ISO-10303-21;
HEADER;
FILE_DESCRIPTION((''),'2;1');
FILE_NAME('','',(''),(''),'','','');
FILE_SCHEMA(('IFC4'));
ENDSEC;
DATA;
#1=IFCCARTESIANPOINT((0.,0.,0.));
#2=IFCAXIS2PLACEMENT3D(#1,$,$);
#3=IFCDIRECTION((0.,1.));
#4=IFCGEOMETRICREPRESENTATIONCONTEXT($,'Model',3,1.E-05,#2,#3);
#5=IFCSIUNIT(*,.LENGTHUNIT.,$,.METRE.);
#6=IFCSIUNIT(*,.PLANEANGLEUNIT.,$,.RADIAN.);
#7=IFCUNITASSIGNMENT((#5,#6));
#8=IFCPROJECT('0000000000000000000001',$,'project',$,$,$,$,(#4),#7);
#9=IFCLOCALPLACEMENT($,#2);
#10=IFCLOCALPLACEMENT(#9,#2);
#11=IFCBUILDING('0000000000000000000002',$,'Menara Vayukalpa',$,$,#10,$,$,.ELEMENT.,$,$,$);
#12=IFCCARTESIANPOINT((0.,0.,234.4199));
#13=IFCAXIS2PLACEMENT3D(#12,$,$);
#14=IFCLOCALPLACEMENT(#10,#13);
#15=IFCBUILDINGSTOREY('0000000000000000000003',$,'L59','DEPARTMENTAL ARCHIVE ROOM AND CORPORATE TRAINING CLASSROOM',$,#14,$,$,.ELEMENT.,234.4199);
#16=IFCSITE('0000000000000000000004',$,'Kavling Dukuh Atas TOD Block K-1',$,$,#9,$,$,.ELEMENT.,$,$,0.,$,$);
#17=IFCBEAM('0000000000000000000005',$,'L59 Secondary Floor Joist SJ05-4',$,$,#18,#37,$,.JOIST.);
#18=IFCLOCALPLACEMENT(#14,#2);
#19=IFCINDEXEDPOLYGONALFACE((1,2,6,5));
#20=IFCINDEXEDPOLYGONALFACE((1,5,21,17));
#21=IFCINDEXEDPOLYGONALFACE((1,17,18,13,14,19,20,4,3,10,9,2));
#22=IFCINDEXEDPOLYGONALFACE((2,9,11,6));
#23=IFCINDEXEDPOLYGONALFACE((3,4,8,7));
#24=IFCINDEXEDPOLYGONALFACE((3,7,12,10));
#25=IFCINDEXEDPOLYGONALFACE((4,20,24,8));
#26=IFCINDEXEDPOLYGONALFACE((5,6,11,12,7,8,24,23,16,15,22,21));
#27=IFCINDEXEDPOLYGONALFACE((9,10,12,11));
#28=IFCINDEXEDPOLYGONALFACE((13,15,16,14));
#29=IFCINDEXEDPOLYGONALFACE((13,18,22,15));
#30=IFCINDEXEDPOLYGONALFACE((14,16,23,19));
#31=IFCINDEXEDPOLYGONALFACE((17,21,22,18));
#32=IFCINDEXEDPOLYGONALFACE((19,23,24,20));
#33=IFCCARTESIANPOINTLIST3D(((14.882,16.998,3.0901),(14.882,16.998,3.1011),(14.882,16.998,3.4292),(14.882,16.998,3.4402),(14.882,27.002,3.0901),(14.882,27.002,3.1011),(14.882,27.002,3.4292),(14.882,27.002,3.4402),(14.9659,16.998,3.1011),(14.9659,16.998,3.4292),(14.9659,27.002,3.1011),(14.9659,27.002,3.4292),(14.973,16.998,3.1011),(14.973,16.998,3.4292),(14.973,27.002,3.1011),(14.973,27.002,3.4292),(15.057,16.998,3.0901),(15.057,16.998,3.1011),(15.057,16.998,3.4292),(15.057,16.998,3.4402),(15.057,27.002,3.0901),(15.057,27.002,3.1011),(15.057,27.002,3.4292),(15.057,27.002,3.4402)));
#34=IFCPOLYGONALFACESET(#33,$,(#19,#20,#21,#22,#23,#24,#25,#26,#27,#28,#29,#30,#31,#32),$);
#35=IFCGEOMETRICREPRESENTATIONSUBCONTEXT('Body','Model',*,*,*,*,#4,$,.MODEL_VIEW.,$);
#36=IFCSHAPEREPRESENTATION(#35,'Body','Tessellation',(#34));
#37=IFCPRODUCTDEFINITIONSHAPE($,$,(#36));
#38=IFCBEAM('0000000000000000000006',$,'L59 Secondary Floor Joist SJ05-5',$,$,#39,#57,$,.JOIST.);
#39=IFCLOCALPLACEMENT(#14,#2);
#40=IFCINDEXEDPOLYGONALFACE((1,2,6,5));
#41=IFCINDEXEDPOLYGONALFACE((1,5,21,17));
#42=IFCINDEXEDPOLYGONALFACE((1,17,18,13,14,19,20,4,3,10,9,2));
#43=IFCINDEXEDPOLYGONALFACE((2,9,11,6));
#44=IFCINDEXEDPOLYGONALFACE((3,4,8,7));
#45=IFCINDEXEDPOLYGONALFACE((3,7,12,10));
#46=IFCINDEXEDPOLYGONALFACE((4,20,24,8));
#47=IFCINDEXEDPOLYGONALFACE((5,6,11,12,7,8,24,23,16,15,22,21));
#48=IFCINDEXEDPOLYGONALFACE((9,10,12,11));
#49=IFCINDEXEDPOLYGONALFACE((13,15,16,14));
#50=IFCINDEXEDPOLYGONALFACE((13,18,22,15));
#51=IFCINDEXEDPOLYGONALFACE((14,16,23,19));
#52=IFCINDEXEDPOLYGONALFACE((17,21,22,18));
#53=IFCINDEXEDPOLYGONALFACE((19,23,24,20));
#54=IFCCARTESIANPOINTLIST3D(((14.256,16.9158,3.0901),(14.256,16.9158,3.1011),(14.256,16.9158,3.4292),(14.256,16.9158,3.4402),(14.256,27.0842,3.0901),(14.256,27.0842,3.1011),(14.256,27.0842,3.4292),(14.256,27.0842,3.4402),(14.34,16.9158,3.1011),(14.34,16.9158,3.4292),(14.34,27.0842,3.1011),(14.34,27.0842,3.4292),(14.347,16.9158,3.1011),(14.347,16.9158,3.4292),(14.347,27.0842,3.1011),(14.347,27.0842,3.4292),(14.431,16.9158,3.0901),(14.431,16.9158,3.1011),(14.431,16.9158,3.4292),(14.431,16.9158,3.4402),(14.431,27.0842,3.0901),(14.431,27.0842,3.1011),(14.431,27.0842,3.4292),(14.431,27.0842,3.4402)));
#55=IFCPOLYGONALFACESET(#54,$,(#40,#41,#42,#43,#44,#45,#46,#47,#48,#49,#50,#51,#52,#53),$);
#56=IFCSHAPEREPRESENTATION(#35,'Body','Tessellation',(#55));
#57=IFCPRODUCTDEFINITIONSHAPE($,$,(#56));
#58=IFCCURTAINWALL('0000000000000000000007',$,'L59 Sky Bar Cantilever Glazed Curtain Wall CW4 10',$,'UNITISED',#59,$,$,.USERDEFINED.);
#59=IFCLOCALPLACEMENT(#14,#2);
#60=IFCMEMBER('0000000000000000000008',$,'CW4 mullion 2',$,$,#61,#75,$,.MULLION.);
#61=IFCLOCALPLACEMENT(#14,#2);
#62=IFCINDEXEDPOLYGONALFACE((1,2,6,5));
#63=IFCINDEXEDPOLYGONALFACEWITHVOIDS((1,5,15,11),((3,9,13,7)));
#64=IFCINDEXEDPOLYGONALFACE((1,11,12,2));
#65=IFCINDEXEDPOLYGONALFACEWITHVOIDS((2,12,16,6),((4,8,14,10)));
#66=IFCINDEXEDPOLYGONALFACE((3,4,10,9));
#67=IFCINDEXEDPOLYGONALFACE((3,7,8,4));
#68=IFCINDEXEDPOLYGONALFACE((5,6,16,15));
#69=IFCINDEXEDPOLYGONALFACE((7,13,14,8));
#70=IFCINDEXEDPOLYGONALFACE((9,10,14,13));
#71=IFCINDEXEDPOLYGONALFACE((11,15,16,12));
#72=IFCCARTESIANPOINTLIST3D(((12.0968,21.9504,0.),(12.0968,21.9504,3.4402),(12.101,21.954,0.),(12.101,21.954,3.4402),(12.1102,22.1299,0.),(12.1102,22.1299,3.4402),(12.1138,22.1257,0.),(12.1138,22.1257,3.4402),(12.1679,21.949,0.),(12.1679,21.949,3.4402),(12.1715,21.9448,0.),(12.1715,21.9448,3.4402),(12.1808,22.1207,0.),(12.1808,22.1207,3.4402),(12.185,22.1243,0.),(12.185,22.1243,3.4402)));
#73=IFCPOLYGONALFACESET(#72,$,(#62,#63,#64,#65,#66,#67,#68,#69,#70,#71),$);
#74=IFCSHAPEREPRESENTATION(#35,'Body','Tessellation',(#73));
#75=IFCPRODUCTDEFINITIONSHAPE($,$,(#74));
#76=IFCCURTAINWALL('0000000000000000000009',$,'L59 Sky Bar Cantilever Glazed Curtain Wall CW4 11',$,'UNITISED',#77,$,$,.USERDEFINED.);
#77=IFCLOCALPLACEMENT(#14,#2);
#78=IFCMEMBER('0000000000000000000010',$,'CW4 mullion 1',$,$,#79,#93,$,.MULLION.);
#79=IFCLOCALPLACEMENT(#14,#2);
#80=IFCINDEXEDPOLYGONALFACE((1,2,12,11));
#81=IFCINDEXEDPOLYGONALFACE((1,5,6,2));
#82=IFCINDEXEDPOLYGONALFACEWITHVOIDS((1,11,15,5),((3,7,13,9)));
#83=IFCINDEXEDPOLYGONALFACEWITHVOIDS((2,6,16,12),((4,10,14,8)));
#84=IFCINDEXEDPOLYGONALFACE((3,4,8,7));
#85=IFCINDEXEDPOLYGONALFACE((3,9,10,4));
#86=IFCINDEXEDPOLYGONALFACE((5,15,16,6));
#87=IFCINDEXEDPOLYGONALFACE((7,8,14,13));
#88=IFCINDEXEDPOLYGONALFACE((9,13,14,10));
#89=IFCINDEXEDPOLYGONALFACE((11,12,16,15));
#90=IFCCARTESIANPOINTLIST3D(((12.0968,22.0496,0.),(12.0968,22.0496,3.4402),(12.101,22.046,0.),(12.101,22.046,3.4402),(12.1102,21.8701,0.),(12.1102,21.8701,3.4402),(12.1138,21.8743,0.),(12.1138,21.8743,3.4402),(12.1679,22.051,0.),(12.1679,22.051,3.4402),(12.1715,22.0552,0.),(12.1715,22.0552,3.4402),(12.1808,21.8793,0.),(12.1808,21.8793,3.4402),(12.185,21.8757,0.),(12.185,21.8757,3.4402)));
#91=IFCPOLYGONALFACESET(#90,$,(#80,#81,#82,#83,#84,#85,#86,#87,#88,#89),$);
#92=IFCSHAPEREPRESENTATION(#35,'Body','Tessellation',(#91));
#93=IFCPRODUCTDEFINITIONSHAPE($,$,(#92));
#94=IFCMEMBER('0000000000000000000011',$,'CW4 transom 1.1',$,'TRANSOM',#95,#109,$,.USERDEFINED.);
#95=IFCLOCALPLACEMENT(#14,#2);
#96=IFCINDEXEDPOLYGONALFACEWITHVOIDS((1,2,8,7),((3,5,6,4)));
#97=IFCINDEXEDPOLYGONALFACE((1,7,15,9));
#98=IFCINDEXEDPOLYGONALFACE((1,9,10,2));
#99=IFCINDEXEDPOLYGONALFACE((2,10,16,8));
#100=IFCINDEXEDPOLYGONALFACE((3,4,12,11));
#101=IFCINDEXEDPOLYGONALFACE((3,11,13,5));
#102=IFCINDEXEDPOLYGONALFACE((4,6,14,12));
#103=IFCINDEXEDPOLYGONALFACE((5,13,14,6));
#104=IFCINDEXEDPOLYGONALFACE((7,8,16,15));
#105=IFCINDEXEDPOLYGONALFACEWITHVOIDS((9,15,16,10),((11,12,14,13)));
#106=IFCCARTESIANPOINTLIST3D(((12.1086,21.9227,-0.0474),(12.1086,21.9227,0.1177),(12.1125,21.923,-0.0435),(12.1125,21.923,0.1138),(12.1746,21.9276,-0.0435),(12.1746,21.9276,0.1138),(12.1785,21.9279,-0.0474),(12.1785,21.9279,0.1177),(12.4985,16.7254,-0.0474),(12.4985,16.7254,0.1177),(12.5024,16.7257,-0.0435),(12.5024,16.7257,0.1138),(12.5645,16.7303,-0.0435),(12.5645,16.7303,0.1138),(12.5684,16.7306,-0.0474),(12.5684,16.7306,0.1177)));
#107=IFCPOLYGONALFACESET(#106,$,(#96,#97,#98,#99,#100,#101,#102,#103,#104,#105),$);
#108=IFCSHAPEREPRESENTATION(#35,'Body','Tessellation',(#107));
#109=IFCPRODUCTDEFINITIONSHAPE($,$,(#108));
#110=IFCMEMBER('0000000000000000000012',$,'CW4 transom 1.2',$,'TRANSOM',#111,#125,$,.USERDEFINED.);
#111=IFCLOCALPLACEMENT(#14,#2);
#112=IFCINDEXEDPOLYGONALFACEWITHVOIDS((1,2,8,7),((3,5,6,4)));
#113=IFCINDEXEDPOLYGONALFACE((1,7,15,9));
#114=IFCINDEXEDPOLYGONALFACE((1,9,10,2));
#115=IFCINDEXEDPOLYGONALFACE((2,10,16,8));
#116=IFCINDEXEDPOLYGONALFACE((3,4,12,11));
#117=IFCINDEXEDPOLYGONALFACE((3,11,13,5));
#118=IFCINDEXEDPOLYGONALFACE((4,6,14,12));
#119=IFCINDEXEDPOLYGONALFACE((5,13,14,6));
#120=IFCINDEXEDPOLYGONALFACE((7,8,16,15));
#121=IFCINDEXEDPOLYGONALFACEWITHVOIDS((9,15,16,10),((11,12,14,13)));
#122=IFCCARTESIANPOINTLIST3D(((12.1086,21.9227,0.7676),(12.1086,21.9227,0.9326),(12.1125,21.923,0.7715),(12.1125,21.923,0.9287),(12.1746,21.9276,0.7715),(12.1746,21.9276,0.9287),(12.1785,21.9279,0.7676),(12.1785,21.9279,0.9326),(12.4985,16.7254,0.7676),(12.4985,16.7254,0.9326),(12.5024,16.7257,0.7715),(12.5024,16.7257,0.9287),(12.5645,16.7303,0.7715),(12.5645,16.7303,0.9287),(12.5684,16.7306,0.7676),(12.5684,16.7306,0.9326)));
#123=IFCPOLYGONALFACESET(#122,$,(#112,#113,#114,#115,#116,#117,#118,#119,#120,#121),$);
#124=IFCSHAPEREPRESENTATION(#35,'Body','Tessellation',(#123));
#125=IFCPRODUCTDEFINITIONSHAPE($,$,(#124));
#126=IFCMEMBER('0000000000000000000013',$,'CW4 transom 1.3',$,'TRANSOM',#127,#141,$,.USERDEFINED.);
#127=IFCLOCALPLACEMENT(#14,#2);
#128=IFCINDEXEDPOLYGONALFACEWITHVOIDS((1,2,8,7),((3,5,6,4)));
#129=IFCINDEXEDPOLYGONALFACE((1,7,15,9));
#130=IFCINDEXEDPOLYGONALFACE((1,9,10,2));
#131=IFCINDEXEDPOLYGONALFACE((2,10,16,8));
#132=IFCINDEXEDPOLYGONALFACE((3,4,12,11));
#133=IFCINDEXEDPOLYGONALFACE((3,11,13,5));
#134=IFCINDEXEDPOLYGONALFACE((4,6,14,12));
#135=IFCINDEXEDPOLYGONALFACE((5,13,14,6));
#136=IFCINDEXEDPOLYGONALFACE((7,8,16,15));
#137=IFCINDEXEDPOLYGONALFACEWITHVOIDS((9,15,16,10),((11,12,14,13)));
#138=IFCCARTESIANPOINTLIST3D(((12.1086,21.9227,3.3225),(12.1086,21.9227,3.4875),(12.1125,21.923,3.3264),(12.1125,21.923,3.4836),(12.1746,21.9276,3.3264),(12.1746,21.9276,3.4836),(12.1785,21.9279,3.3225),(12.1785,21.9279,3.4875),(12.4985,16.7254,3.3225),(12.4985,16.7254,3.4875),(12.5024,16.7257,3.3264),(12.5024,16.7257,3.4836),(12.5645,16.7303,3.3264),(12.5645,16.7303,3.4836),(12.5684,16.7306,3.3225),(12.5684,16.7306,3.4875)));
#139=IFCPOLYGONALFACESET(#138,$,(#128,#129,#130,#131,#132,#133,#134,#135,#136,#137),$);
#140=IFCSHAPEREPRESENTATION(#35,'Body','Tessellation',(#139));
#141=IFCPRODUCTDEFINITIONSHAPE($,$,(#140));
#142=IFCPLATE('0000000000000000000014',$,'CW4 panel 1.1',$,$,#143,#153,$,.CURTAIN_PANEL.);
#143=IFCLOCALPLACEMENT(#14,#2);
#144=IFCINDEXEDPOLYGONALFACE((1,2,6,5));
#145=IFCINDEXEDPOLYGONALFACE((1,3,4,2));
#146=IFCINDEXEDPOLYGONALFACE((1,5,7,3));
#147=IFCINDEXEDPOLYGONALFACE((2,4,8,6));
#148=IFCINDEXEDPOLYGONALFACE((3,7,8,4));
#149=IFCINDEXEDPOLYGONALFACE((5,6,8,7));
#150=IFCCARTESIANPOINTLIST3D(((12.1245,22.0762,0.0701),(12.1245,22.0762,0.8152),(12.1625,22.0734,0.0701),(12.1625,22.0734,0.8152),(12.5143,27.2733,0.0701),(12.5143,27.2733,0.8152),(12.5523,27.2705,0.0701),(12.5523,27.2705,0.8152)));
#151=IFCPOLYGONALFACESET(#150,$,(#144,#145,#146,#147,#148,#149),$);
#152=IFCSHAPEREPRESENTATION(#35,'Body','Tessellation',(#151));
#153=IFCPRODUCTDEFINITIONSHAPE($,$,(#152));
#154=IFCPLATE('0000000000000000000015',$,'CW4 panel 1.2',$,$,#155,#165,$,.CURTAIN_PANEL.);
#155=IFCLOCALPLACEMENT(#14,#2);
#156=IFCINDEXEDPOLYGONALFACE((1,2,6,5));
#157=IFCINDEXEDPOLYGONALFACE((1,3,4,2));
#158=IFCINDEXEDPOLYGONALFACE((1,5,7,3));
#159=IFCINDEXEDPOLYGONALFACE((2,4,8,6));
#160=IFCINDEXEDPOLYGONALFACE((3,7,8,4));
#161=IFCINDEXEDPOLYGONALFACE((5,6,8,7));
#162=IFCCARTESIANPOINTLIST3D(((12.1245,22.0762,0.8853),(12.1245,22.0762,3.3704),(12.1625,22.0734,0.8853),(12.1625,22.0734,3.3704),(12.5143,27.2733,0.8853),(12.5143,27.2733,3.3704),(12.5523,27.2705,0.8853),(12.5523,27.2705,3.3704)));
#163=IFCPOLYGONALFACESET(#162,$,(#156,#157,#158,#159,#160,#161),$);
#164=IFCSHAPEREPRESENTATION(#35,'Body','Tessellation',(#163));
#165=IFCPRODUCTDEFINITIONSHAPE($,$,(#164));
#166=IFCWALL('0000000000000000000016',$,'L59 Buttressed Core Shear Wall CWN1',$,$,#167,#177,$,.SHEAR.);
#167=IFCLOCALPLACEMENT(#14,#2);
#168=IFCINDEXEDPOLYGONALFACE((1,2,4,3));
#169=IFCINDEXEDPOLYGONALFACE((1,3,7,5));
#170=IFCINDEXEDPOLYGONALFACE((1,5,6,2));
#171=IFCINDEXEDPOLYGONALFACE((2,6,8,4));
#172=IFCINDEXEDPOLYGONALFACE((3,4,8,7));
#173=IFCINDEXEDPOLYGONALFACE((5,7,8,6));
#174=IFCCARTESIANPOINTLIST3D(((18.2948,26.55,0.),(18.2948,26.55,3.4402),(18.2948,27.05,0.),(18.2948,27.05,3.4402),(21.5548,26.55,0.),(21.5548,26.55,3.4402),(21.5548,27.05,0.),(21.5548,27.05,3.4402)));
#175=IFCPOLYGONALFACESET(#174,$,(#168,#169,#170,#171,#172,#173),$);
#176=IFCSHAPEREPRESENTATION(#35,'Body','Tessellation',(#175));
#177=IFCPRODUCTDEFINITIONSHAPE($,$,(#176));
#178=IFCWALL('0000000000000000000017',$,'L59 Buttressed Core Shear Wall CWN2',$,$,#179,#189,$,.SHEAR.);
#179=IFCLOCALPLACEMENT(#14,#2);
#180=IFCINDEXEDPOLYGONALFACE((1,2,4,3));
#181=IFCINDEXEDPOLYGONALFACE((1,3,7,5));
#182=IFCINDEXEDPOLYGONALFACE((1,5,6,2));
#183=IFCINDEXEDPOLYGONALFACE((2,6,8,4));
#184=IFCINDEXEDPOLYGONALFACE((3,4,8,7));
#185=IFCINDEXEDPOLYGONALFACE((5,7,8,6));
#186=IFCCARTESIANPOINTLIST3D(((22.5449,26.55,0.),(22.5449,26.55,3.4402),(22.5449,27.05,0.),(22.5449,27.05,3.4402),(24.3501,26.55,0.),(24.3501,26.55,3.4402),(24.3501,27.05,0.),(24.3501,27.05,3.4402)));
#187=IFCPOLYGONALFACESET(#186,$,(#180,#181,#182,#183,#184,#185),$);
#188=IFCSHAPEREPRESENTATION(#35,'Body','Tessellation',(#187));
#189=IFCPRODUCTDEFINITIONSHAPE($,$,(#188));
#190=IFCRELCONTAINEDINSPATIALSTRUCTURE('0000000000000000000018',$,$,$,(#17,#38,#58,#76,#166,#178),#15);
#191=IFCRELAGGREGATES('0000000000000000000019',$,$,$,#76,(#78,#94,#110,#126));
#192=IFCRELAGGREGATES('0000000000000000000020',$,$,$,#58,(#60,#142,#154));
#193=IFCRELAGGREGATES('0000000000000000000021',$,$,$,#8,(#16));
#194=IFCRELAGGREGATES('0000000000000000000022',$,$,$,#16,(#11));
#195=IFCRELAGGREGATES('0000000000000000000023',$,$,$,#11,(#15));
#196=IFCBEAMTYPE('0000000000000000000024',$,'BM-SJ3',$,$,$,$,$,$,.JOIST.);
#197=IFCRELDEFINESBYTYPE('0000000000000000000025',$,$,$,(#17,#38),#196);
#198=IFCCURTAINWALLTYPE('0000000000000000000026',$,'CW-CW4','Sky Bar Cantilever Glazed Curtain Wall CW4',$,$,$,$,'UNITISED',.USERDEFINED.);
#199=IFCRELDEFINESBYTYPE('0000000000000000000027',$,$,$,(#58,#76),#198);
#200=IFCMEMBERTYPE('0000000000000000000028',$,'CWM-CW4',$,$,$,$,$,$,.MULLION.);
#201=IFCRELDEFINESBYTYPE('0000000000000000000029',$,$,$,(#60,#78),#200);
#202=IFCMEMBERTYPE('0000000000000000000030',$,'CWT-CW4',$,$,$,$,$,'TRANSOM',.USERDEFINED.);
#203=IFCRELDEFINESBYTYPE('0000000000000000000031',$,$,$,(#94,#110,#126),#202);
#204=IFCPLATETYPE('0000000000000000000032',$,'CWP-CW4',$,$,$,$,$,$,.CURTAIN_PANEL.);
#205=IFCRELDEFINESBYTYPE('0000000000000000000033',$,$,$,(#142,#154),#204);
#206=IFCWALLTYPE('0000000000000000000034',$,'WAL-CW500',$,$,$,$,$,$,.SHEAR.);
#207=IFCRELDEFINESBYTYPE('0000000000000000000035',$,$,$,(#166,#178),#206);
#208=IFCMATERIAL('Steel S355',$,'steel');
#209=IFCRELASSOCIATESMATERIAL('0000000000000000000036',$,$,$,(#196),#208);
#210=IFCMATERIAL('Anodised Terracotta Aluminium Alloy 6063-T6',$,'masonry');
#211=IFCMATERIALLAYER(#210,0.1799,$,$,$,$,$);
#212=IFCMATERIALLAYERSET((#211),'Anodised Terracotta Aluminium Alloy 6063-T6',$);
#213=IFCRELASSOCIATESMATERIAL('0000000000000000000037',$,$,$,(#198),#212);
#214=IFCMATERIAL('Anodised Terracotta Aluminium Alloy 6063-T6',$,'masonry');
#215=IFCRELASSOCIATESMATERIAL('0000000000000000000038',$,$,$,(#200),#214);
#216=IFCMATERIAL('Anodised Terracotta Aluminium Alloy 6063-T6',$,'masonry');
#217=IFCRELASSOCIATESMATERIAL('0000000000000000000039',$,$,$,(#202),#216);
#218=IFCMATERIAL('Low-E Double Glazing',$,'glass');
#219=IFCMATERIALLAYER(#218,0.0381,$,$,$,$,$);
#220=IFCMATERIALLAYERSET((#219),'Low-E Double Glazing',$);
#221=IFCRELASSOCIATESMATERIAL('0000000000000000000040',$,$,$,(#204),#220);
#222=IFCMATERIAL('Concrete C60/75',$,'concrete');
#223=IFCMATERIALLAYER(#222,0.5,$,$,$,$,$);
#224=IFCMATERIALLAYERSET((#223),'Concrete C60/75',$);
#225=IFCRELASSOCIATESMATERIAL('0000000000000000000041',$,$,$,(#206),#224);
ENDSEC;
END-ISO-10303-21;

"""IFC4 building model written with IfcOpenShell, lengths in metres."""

from ifc_helpers import new_model, si_unit, direction, frame, frame_2d, origin, origin_2d, place, context, subcontext, project, spatial, rectangle, hollow_rectangle, i_section, extrude, material, layer, layer_set, material_profile, profile_set, type_object, element, aggregate, save


model = new_model("IFC4")

# Units and contexts
model_context = context("Model", 3, precision=1e-05, world=origin(), true_north=direction((0.0, 1.0)))
body_context = subcontext(model_context, "Body", "Model", "MODEL_VIEW")
ifc_project = project(units=[si_unit("LENGTHUNIT", "METRE"), si_unit("PLANEANGLEUNIT", "RADIAN")], contexts=[model_context])

# Site, building, storey
site_placement = place(None, origin())
site = spatial("IfcSite", under=ifc_project, at=site_placement, Name="Kavling Dukuh Atas TOD Block K-1", CompositionType="ELEMENT", RefElevation=0.0)
building_placement = place(site_placement, origin())
building = spatial("IfcBuilding", under=site, at=building_placement, Name="Menara Vayukalpa", CompositionType="ELEMENT")
storey_placement = place(building_placement, frame((0.0, 0.0, 234.4199)))
storey = spatial("IfcBuildingStorey", under=building, at=storey_placement, Name="L59", Description="DEPARTMENTAL ARCHIVE ROOM AND CORPORATE TRAINING CLASSROOM", CompositionType="ELEMENT", Elevation=234.4199)

# Beams
ifc_material_1 = material(Name="Steel S355", Category="steel")
ifc_material_profile_1 = material_profile(ifc_material_1, i_section(OverallWidth=0.175, OverallDepth=0.3501, WebThickness=0.0071, FlangeThickness=0.011, at=origin_2d()), Name="WF 350x175x7x11")
ifc_profile_set_1 = profile_set([ifc_material_profile_1], Name="Steel S355")
beam_type_1 = type_object("IfcBeamType", Name="BM-SJ3", PredefinedType="JOIST", material=ifc_profile_set_1)
beam_1_placement = place(storey_placement, frame((14.9695, 27.002, 3.2651), z_axis=(0.0, -1.0, 0.0), x_axis=(1.0, 0.0, 0.0)))
element("IfcBeam", 1, at=beam_1_placement, inside=storey, type_object=beam_type_1, Name="L59 Secondary Floor Joist SJ05-4", PredefinedType="JOIST", context=body_context, shape_type="SweptSolid", body=[
    extrude(i_section(OverallWidth=0.175, OverallDepth=0.3501, WebThickness=0.0071, FlangeThickness=0.011, at=origin_2d()), origin(), (0.0, 0.0, 1.0), 10.0039),
])
beam_2_placement = place(storey_placement, frame((14.3435, 27.0842, 3.2651), z_axis=(0.0, -1.0, 0.0), x_axis=(1.0, 0.0, 0.0)))
element("IfcBeam", 2, at=beam_2_placement, inside=storey, type_object=beam_type_1, Name="L59 Secondary Floor Joist SJ05-5", PredefinedType="JOIST", context=body_context, shape_type="SweptSolid", body=[
    extrude(i_section(OverallWidth=0.175, OverallDepth=0.3501, WebThickness=0.0071, FlangeThickness=0.011, at=origin_2d()), origin(), (0.0, 0.0, 1.0), 10.1685),
])

# Curtain wall, member
ifc_material_2 = material(Name="Anodised Terracotta Aluminium Alloy 6063-T6", Category="masonry")
ifc_layer_1 = layer(ifc_material_2, 0.1799)
ifc_layer_set_1 = layer_set([ifc_layer_1], Name="Anodised Terracotta Aluminium Alloy 6063-T6")
curtain_wall_type = type_object("IfcCurtainWallType", Name="CW-CW4", Description="Sky Bar Cantilever Glazed Curtain Wall CW4", ElementType="UNITISED", PredefinedType="USERDEFINED", material=ifc_layer_set_1)
curtain_wall_1_placement = place(storey_placement, origin())
curtain_wall_1 = element("IfcCurtainWall", 3, at=curtain_wall_1_placement, inside=storey, type_object=curtain_wall_type, Name="L59 Sky Bar Cantilever Glazed Curtain Wall CW4 10", ObjectType="UNITISED", PredefinedType="USERDEFINED")
ifc_material_3 = material(Name="Anodised Terracotta Aluminium Alloy 6063-T6", Category="masonry")
ifc_material_profile_2 = material_profile(ifc_material_3, hollow_rectangle(XDim=0.075, YDim=0.1799, WallThickness=0.0039, at=origin_2d()), Name="ALU 75x180x4")
ifc_profile_set_2 = profile_set([ifc_material_profile_2], Name="Anodised Terracotta Aluminium Alloy 6063-T6")
member_type_1 = type_object("IfcMemberType", Name="CWM-CW4", PredefinedType="MULLION", material=ifc_profile_set_2)
member_1_placement = place(storey_placement, frame((12.1409, 22.0374, 0.0), z_axis=(0.0, 0.0, 1.0), x_axis=(0.997199, -0.074789, 0.0)))
member_1 = element("IfcMember", 4, at=member_1_placement, type_object=member_type_1, Name="CW4 mullion 2", PredefinedType="MULLION", context=body_context, shape_type="SweptSolid", body=[
    extrude(hollow_rectangle(XDim=0.075, YDim=0.1799, WallThickness=0.0039, at=origin_2d()), origin(), (0.0, 0.0, 1.0), 3.4402),
])

# Curtain wall, members
curtain_wall_2_placement = place(storey_placement, origin())
curtain_wall_2 = element("IfcCurtainWall", 5, at=curtain_wall_2_placement, inside=storey, type_object=curtain_wall_type, Name="L59 Sky Bar Cantilever Glazed Curtain Wall CW4 11", ObjectType="UNITISED", PredefinedType="USERDEFINED")
member_2_placement = place(storey_placement, frame((12.1409, 21.9626, 0.0), z_axis=(0.0, 0.0, 1.0), x_axis=(0.997199, 0.074789, 0.0)))
member_2 = element("IfcMember", 6, at=member_2_placement, type_object=member_type_1, Name="CW4 mullion 1", PredefinedType="MULLION", context=body_context, shape_type="SweptSolid", body=[
    extrude(hollow_rectangle(XDim=0.075, YDim=0.1799, WallThickness=0.0039, at=origin_2d()), origin(), (0.0, 0.0, 1.0), 3.4402),
])
ifc_material_4 = material(Name="Anodised Terracotta Aluminium Alloy 6063-T6", Category="masonry")
ifc_material_profile_3 = material_profile(ifc_material_4, hollow_rectangle(XDim=0.0701, YDim=0.165, WallThickness=0.0039, at=origin_2d()), Name="ALU 70x165x4")
ifc_profile_set_3 = profile_set([ifc_material_profile_3], Name="Anodised Terracotta Aluminium Alloy 6063-T6")
member_type_2 = type_object("IfcMemberType", Name="CWT-CW4", ElementType="TRANSOM", PredefinedType="USERDEFINED", material=ifc_profile_set_3)
member_3_placement = place(storey_placement, frame((12.1436, 21.9253, 0.0352), z_axis=(0.074809, -0.997198, 0.0), x_axis=(0.997198, 0.074809, 0.0)))
member_3 = element("IfcMember", 7, at=member_3_placement, type_object=member_type_2, Name="CW4 transom 1.1", ObjectType="TRANSOM", PredefinedType="USERDEFINED", context=body_context, shape_type="SweptSolid", body=[
    extrude(hollow_rectangle(XDim=0.0701, YDim=0.165, WallThickness=0.0039, at=origin_2d()), origin(), (0.0, 0.0, 1.0), 5.2119),
])
member_4_placement = place(storey_placement, frame((12.1436, 21.9253, 0.8501), z_axis=(0.074809, -0.997198, 0.0), x_axis=(0.997198, 0.074809, 0.0)))
member_4 = element("IfcMember", 8, at=member_4_placement, type_object=member_type_2, Name="CW4 transom 1.2", ObjectType="TRANSOM", PredefinedType="USERDEFINED", context=body_context, shape_type="SweptSolid", body=[
    extrude(hollow_rectangle(XDim=0.0701, YDim=0.165, WallThickness=0.0039, at=origin_2d()), origin(), (0.0, 0.0, 1.0), 5.2119),
])
member_5_placement = place(storey_placement, frame((12.1436, 21.9253, 3.405), z_axis=(0.074809, -0.997198, 0.0), x_axis=(0.997198, 0.074809, 0.0)))
member_5 = element("IfcMember", 9, at=member_5_placement, type_object=member_type_2, Name="CW4 transom 1.3", ObjectType="TRANSOM", PredefinedType="USERDEFINED", context=body_context, shape_type="SweptSolid", body=[
    extrude(hollow_rectangle(XDim=0.0701, YDim=0.165, WallThickness=0.0039, at=origin_2d()), origin(), (0.0, 0.0, 1.0), 5.2119),
])
aggregate(curtain_wall_2, [member_2, member_3, member_4, member_5])

# Plates
ifc_material_5 = material(Name="Low-E Double Glazing", Category="glass")
ifc_layer_2 = layer(ifc_material_5, 0.0381)
ifc_layer_set_2 = layer_set([ifc_layer_2], Name="Low-E Double Glazing")
plate_type = type_object("IfcPlateType", Name="CWP-CW4", PredefinedType="CURTAIN_PANEL", material=ifc_layer_set_2)
plate_1_placement = place(storey_placement, frame((12.3384, 24.6733, 0.0701), z_axis=(0.0, 0.0, 1.0), x_axis=(-0.074789, -0.997199, 0.0)))
plate_1 = element("IfcPlate", 10, at=plate_1_placement, type_object=plate_type, Name="CW4 panel 1.1", PredefinedType="CURTAIN_PANEL", context=body_context, shape_type="SweptSolid", body=[
    extrude(rectangle(XDim=5.2117, YDim=0.0381, at=origin_2d()), origin(), (0.0, 0.0, 1.0), 0.7451),
])
plate_2_placement = place(storey_placement, frame((12.3384, 24.6733, 0.8853), z_axis=(0.0, 0.0, 1.0), x_axis=(-0.074789, -0.997199, 0.0)))
plate_2 = element("IfcPlate", 11, at=plate_2_placement, type_object=plate_type, Name="CW4 panel 1.2", PredefinedType="CURTAIN_PANEL", context=body_context, shape_type="SweptSolid", body=[
    extrude(rectangle(XDim=5.2117, YDim=0.0381, at=origin_2d()), origin(), (0.0, 0.0, 1.0), 2.4851),
])
aggregate(curtain_wall_1, [member_1, plate_1, plate_2])

# Walls
ifc_material_6 = material(Name="Concrete C60/75", Category="concrete")
ifc_layer_3 = layer(ifc_material_6, 0.5)
ifc_layer_set_3 = layer_set([ifc_layer_3], Name="Concrete C60/75")
wall_type_1 = type_object("IfcWallType", Name="WAL-CW500", PredefinedType="SHEAR", material=ifc_layer_set_3)
wall_1_placement = place(storey_placement, frame((18.2949, 26.8, 0.0), z_axis=(0.0, 0.0, 1.0), x_axis=(1.0, 0.0, 0.0)))
element("IfcWall", 12, at=wall_1_placement, inside=storey, type_object=wall_type_1, Name="L59 Buttressed Core Shear Wall CWN1", PredefinedType="SHEAR", context=body_context, shape_type="SweptSolid", body=[
    extrude(rectangle(XDim=3.26, YDim=0.5, at=frame_2d((1.6299, 0.0))), origin(), (0.0, 0.0, 1.0), 3.4402),
])
wall_2_placement = place(storey_placement, frame((22.5449, 26.8, 0.0), z_axis=(0.0, 0.0, 1.0), x_axis=(1.0, 0.0, 0.0)))
element("IfcWall", 13, at=wall_2_placement, inside=storey, type_object=wall_type_1, Name="L59 Buttressed Core Shear Wall CWN2", PredefinedType="SHEAR", context=body_context, shape_type="SweptSolid", body=[
    extrude(rectangle(XDim=1.8052, YDim=0.5, at=frame_2d((0.9026, 0.0))), origin(), (0.0, 0.0, 1.0), 3.4402),
])

save(model, "model.ifc")
